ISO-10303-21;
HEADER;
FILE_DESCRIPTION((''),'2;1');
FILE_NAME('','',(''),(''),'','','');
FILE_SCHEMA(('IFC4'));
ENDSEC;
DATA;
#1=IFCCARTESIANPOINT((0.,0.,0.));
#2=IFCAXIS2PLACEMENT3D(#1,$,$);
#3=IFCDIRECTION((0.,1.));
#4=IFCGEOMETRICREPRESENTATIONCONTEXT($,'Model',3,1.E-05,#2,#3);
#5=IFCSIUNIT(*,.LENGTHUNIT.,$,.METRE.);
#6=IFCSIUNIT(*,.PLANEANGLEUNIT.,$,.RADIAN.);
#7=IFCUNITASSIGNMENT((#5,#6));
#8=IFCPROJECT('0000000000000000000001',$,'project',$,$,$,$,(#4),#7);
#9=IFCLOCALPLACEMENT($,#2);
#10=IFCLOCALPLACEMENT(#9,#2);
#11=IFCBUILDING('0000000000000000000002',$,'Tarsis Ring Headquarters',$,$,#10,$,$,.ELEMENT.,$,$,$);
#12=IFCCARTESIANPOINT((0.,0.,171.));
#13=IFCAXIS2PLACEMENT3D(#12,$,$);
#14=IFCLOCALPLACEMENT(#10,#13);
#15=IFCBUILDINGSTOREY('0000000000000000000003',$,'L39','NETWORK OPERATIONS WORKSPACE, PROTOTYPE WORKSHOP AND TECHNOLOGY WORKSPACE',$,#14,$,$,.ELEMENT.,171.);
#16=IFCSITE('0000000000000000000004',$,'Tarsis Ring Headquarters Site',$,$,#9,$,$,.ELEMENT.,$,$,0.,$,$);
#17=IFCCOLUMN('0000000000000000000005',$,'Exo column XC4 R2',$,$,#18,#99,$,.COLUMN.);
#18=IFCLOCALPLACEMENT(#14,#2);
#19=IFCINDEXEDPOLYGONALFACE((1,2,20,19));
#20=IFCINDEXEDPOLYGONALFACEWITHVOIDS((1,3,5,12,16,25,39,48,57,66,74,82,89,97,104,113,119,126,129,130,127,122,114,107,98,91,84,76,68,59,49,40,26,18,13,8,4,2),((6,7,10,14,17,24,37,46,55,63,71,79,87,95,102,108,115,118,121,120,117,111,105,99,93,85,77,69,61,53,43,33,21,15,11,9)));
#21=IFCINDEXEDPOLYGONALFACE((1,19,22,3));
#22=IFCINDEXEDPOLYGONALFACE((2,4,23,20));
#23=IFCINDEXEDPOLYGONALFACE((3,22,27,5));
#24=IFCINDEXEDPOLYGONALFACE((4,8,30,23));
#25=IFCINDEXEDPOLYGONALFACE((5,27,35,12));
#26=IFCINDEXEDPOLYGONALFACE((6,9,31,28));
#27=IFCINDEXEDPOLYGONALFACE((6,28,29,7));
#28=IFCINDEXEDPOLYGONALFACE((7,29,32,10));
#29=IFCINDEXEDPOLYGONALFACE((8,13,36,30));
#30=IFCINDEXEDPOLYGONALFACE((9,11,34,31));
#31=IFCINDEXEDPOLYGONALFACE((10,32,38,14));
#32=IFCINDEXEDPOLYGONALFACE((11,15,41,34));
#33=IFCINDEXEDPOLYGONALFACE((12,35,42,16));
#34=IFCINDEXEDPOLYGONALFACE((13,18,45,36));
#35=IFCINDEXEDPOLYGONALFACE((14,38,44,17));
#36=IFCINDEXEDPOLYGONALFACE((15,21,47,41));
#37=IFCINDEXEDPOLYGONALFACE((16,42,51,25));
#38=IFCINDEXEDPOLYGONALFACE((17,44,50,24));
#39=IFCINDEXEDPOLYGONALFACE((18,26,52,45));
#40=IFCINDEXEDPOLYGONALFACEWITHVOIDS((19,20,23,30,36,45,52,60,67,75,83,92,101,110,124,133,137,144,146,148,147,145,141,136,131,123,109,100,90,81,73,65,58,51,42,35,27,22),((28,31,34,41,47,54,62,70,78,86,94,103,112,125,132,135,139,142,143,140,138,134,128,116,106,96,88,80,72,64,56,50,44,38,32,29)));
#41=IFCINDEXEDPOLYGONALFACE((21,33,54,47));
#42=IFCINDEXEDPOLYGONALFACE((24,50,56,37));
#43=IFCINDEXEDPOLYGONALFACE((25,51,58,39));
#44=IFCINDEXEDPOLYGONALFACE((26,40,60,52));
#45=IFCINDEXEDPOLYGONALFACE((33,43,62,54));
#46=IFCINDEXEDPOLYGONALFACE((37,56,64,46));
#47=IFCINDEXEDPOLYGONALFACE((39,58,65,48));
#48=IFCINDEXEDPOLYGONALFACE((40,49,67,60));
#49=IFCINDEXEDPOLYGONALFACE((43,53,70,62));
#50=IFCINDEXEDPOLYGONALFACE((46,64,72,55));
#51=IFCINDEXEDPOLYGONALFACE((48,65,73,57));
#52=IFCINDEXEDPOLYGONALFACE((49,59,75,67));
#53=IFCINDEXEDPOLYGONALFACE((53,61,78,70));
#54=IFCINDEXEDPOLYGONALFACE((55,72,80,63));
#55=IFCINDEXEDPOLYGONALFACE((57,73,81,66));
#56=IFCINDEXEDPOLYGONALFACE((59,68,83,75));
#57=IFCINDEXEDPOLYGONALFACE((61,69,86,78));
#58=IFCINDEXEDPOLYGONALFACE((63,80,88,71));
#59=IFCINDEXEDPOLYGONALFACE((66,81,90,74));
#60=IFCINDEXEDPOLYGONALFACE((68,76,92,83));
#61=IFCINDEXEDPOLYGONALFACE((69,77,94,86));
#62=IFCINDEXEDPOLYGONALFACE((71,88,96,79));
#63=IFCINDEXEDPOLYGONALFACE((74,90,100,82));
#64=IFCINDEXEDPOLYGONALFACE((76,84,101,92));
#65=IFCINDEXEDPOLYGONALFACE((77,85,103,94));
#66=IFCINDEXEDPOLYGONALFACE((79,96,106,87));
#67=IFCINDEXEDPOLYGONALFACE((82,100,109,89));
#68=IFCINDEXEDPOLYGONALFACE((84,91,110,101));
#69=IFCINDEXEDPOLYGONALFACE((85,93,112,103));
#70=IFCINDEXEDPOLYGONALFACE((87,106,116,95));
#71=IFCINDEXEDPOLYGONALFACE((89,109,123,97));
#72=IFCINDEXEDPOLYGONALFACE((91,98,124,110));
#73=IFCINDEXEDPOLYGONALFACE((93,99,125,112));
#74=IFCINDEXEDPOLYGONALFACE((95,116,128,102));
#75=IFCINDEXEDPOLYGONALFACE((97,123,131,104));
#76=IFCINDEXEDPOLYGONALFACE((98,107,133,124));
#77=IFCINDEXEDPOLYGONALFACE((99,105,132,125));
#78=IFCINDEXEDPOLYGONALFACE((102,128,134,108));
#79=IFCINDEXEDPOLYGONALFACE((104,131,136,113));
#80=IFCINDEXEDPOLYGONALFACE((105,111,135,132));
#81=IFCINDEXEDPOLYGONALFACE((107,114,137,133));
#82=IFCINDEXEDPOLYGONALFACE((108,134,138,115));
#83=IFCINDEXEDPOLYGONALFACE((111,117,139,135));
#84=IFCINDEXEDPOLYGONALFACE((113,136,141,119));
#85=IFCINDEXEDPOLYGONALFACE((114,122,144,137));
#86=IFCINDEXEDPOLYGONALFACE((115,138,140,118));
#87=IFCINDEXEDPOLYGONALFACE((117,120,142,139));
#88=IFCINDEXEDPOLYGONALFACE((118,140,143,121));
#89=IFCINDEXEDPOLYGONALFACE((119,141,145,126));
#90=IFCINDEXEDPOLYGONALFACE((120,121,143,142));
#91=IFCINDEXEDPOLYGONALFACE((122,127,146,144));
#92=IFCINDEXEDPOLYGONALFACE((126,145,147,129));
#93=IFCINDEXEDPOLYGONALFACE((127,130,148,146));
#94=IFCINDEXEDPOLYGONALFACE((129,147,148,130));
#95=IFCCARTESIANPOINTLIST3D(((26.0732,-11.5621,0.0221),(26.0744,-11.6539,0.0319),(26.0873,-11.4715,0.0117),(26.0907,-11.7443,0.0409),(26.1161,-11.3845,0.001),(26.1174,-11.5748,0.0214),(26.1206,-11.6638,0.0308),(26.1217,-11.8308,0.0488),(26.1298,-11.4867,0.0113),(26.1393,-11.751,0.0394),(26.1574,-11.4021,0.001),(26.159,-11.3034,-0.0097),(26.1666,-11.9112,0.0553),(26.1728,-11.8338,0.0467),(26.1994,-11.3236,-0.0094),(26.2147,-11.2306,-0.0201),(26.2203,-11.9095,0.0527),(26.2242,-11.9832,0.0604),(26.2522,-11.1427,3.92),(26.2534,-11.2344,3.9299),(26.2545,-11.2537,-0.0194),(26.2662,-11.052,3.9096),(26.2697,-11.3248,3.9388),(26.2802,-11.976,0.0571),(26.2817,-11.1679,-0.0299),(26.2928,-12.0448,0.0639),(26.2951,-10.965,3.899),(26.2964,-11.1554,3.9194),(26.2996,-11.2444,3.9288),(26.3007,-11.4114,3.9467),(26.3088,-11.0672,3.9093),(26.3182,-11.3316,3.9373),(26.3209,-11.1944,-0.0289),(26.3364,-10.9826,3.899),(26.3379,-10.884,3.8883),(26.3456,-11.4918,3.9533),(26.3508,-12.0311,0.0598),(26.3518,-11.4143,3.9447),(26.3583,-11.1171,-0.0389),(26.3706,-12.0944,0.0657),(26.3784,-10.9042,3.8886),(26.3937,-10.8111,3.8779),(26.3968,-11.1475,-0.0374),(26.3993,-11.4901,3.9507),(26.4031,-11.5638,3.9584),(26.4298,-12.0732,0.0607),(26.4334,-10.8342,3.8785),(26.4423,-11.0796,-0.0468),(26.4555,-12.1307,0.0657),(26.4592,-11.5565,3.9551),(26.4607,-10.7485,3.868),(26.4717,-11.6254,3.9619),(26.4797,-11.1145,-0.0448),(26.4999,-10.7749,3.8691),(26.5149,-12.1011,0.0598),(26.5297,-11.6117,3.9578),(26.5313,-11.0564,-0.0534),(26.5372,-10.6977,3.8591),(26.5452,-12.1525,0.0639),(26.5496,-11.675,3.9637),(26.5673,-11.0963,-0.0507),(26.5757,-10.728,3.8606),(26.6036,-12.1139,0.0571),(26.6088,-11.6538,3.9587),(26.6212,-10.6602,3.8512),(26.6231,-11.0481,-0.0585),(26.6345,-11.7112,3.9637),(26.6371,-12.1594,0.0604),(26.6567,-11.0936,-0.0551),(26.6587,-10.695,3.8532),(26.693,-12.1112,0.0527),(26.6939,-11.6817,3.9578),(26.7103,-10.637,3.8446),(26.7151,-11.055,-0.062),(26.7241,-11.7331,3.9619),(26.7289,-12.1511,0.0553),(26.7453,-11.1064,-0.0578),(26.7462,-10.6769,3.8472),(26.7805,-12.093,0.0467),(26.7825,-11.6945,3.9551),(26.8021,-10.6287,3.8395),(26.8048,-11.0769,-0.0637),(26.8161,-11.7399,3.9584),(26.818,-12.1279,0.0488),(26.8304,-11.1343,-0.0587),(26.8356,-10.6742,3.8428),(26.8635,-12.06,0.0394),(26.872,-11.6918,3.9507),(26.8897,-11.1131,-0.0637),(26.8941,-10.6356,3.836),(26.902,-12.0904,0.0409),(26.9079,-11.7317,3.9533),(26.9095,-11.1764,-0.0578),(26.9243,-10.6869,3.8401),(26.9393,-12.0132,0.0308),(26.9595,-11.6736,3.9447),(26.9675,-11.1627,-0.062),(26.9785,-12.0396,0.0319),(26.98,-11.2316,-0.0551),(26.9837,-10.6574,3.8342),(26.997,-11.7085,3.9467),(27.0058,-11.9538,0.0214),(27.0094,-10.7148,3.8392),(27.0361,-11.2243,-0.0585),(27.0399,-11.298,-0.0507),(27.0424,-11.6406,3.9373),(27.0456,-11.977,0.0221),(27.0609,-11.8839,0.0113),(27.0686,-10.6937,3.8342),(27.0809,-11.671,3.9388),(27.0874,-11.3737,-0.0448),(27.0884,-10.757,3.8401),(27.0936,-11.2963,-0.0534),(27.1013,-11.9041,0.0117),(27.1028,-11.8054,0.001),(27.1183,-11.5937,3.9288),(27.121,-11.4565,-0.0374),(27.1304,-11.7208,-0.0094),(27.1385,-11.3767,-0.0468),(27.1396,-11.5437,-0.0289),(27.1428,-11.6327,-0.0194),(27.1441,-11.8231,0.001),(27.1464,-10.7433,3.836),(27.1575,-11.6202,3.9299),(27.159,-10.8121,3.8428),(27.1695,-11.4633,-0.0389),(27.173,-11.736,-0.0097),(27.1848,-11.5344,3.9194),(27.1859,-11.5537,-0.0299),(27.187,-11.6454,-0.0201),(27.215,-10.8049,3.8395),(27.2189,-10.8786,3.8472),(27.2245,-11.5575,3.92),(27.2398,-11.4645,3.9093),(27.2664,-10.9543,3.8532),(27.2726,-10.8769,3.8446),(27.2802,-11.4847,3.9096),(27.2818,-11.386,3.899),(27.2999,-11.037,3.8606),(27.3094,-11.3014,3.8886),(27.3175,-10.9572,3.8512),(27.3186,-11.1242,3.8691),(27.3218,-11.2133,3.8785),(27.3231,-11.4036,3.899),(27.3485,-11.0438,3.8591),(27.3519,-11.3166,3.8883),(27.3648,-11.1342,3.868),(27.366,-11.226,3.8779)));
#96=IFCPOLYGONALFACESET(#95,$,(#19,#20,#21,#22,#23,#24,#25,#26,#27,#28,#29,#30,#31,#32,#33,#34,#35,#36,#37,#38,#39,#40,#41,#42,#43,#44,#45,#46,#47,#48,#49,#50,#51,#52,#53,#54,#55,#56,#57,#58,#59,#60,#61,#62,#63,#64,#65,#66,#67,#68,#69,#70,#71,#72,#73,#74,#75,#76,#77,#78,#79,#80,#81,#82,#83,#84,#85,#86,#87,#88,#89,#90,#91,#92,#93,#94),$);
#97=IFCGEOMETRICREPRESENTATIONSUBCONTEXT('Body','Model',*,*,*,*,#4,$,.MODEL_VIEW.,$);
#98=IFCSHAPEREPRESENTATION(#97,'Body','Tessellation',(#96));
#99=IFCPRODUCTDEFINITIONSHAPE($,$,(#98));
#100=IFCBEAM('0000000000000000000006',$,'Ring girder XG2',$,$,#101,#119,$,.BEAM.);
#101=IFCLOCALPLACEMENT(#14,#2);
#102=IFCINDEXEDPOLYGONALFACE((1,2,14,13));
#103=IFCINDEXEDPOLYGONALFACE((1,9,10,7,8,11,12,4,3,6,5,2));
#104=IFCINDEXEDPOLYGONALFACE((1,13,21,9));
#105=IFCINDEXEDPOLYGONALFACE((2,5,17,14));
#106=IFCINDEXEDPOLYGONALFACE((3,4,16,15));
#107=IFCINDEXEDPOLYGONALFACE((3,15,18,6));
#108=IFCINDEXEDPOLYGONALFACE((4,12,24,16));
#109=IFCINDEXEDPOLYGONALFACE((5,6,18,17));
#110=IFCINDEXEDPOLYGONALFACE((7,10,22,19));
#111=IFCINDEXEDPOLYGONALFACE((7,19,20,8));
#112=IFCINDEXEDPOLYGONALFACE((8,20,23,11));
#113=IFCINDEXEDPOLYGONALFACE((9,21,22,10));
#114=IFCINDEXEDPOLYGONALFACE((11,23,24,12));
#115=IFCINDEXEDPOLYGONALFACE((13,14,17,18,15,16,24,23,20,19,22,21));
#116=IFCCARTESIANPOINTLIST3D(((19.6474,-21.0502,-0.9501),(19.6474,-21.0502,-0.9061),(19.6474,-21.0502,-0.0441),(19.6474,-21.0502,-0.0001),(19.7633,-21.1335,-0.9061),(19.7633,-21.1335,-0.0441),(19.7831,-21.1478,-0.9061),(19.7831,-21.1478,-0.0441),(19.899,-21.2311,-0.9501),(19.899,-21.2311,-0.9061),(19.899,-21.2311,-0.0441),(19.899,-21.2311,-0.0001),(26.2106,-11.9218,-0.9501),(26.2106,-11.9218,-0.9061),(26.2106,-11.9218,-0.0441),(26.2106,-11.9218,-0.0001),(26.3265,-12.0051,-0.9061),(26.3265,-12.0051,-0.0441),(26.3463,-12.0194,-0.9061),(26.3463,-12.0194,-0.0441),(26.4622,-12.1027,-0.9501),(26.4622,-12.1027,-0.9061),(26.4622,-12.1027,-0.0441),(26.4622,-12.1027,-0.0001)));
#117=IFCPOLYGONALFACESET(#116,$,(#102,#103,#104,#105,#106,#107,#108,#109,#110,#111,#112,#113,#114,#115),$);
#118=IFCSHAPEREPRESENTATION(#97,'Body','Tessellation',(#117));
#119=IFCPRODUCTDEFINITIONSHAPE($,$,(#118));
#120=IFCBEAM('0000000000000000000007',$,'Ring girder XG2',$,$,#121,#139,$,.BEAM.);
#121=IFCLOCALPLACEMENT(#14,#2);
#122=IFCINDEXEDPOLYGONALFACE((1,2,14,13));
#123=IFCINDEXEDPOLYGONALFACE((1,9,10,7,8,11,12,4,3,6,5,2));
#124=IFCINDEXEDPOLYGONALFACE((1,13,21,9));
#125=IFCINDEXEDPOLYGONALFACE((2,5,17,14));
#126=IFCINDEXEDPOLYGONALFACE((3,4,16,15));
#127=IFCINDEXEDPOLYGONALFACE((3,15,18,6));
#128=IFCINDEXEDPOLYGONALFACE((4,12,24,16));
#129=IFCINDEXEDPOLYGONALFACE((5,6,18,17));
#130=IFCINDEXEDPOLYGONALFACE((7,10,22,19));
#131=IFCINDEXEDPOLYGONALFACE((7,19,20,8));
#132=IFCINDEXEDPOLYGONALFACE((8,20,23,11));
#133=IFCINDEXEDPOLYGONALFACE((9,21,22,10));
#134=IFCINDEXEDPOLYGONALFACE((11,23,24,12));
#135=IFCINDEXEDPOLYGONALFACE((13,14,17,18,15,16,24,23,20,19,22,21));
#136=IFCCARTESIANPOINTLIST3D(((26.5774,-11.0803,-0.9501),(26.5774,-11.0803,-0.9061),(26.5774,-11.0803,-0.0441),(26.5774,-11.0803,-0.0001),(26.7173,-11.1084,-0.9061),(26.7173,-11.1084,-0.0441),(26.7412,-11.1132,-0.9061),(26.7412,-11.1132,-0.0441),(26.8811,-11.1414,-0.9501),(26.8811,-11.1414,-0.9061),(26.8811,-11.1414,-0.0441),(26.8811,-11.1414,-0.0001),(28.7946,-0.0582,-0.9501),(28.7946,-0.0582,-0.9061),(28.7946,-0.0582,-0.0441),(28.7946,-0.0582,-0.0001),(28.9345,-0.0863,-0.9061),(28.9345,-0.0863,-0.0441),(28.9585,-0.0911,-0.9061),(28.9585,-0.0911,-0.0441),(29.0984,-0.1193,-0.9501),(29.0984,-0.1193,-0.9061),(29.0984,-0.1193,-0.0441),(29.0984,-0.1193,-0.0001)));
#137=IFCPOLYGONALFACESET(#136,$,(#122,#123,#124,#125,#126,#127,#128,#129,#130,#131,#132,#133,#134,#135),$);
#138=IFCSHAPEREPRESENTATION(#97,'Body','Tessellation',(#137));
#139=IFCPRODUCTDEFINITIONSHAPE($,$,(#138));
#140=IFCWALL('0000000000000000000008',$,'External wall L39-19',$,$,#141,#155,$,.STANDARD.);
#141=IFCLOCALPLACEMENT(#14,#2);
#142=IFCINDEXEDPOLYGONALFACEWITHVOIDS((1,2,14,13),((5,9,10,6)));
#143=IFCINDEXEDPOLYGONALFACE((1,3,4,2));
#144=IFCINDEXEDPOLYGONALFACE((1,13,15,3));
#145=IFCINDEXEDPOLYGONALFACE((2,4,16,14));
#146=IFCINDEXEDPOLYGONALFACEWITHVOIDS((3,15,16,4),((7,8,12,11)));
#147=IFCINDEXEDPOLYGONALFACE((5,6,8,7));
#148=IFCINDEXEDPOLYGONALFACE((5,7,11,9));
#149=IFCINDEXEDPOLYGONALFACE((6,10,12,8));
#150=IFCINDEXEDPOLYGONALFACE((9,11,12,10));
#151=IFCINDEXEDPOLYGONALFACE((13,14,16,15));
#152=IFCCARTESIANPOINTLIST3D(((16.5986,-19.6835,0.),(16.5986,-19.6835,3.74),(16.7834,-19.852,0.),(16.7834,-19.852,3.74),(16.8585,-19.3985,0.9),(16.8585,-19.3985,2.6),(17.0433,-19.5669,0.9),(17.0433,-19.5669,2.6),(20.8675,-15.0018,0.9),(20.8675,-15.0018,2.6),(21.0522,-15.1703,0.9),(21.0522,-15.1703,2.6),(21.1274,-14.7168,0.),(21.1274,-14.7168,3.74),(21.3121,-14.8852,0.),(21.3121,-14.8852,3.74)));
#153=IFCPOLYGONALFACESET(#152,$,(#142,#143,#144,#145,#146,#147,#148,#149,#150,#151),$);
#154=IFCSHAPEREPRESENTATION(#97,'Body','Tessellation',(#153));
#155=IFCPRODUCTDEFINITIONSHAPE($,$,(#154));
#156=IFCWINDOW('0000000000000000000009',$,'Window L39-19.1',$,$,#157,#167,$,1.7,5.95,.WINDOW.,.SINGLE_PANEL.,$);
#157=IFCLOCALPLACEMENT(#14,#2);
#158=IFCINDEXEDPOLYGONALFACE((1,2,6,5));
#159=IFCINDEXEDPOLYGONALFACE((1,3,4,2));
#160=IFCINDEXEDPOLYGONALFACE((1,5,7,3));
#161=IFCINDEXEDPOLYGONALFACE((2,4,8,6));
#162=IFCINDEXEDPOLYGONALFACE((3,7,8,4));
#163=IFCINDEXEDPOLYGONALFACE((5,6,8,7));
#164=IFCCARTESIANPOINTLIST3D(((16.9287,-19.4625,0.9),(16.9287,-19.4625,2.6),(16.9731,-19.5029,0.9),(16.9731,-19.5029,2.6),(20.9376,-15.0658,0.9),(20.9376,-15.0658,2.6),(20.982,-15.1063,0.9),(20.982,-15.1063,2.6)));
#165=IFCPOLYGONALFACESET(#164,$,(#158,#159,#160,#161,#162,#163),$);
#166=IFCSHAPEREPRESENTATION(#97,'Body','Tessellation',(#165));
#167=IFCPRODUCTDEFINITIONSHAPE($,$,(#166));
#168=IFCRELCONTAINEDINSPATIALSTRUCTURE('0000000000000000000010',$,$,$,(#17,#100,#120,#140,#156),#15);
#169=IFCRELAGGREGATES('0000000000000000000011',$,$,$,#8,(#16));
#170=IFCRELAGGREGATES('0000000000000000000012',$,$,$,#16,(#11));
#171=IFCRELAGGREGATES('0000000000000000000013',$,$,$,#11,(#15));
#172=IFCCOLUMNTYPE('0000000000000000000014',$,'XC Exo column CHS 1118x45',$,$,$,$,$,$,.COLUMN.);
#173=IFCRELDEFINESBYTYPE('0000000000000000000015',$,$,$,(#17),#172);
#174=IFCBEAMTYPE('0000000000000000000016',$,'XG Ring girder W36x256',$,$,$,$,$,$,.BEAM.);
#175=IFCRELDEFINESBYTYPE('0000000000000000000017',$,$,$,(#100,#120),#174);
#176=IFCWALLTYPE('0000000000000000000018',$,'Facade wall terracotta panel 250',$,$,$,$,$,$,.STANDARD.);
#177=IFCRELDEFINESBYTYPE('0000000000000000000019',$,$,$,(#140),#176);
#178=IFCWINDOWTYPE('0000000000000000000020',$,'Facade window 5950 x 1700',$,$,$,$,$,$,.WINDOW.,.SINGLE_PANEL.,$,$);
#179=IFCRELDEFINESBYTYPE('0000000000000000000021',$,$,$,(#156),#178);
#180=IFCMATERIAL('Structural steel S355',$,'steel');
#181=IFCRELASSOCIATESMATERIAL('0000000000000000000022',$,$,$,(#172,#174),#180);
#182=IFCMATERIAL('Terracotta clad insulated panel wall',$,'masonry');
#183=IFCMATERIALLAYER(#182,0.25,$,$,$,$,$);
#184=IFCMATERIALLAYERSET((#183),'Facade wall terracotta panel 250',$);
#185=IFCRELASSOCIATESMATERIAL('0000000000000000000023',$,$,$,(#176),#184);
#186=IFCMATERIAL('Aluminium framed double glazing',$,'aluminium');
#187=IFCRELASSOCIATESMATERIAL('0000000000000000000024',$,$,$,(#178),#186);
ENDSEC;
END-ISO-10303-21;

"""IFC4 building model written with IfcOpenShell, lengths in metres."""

from ifc_helpers import new_model, si_unit, direction, frame, frame_2d, origin, origin_2d, place, context, subcontext, project, spatial, rectangle, hollow_circle, i_section, extrude, material, layer, layer_set, material_profile, profile_set, type_object, element, fill, save


model = new_model("IFC4")

# Units and contexts
model_context = context("Model", 3, precision=1e-05, world=origin(), true_north=direction((0.0, 1.0)))
body_context = subcontext(model_context, "Body", "Model", "MODEL_VIEW")
ifc_project = project(units=[si_unit("LENGTHUNIT", "METRE"), si_unit("PLANEANGLEUNIT", "RADIAN")], contexts=[model_context])

# Site, building, storey
site_placement = place(None, origin())
site = spatial("IfcSite", under=ifc_project, at=site_placement, Name="Tarsis Ring Headquarters Site", CompositionType="ELEMENT", RefElevation=0.0)
building_placement = place(site_placement, origin())
building = spatial("IfcBuilding", under=site, at=building_placement, Name="Tarsis Ring Headquarters", CompositionType="ELEMENT")
storey_placement = place(building_placement, frame((0.0, 0.0, 171.0)))
storey = spatial("IfcBuildingStorey", under=building, at=storey_placement, Name="L39", Description="NETWORK OPERATIONS WORKSPACE, PROTOTYPE WORKSHOP AND TECHNOLOGY WORKSPACE", CompositionType="ELEMENT", Elevation=171.0)

# Column
ifc_material_1 = material(Name="Structural steel S355", Category="steel")
ifc_material_profile_1 = material_profile(ifc_material_1, hollow_circle(Radius=0.5588, WallThickness=0.0449, at=origin_2d()), Name="CHS 1118x45")
ifc_profile_set_1 = profile_set([ifc_material_profile_1], Name="Structural steel S355")
column_type = type_object("IfcColumnType", Name="XC Exo column CHS 1118x45", PredefinedType="COLUMN", material=ifc_profile_set_1)
column_placement = place(storey_placement, frame((26.6301, -11.6038, 0.001), z_axis=(0.045599, 0.106875, 0.993226), x_axis=(-0.919781, 0.392433, 0.0)))
element("IfcColumn", 1, at=column_placement, inside=storey, type_object=column_type, Name="Exo column XC4 R2", PredefinedType="COLUMN", context=body_context, shape_type="SweptSolid", body=[
    extrude(hollow_circle(Radius=0.5588, WallThickness=0.0449, at=origin_2d()), origin(), (0.0, 0.0, 1.0), 3.9246),
])

# Beams
ifc_material_profile_2 = material_profile(ifc_material_1, i_section(OverallWidth=0.3098, OverallDepth=0.95, WebThickness=0.0244, FlangeThickness=0.0439, at=origin_2d()), Name="W36x256")
ifc_profile_set_2 = profile_set([ifc_material_profile_2], Name="Structural steel S355")
beam_type = type_object("IfcBeamType", Name="XG Ring girder W36x256", PredefinedType="BEAM", material=ifc_profile_set_2)
for number, where, z_axis, x_axis, name in (
    (2, (19.7732, -21.1406, -0.4751), (0.583764, 0.811923, 0.0), (-0.811923, 0.583764, 0.0), "Ring girder XG2"),
    (3, (26.7292, -11.1108, -0.4751), (0.197214, 0.98036, 0.0), (-0.98036, 0.197214, 0.0), "Ring girder XG2"),
):
    element("IfcBeam", number, at=place(storey_placement, frame(where, z_axis=z_axis, x_axis=x_axis)), inside=storey, type_object=beam_type, Name=name, PredefinedType="BEAM", context=body_context, shape_type="SweptSolid", body=[
        extrude(i_section(OverallWidth=0.3098, OverallDepth=0.95, WebThickness=0.0244, FlangeThickness=0.0439, at=origin_2d()), origin(), (0.0, 0.0, 1.0), 11.2429),
    ])

# Wall, opening, window
ifc_material_2 = material(Name="Terracotta clad insulated panel wall", Category="masonry")
ifc_layer = layer(ifc_material_2, 0.25)
ifc_layer_set = layer_set([ifc_layer], Name="Facade wall terracotta panel 250")
wall_type = type_object("IfcWallType", Name="Facade wall terracotta panel 250", PredefinedType="STANDARD", material=ifc_layer_set)
wall_1_placement = place(storey_placement, frame((16.6909, -19.7678, 0.0), z_axis=(0.0, 0.0, 1.0), x_axis=(0.673775, 0.738937, 0.0)))
wall_1 = element("IfcWall", 4, at=wall_1_placement, inside=storey, type_object=wall_type, Name="External wall L39-19", PredefinedType="STANDARD", context=body_context, shape_type="SweptSolid", body=[
    extrude(rectangle(XDim=6.7214, YDim=0.25, at=frame_2d((3.3608, 0.0))), origin(), (0.0, 0.0, 1.0), 3.74),
])
opening_1_placement = place(wall_1_placement, frame((0.3857, 0.0, 0.8999)))
opening_1 = element("IfcOpeningElement", 5, at=opening_1_placement, cuts=wall_1, PredefinedType="OPENING", context=body_context, shape_type="SweptSolid", body=[
    extrude(rectangle(XDim=5.95, YDim=1.7, at=frame_2d((2.9751, 0.8501))), frame((0.0, 0.135, 0.0), z_axis=(0.0, -1.0, 0.0), x_axis=(1.0, 0.0, 0.0)), (0.0, 0.0, 1.0), 0.27),
])
ifc_material_3 = material(Name="Aluminium framed double glazing", Category="aluminium")
window_type = type_object("IfcWindowType", Name="Facade window 5950 x 1700", PartitioningType="SINGLE_PANEL", PredefinedType="WINDOW", material=ifc_material_3)
window_1_placement = place(opening_1_placement, origin())
window_1 = element("IfcWindow", 6, at=window_1_placement, inside=storey, type_object=window_type, Name="Window L39-19.1", OverallHeight=1.7, OverallWidth=5.95, PartitioningType="SINGLE_PANEL", PredefinedType="WINDOW", context=body_context, shape_type="SweptSolid", body=[
    extrude(rectangle(XDim=5.95, YDim=1.7, at=frame_2d((2.9751, 0.8501))), frame((0.0, 0.03, 0.0), z_axis=(0.0, -1.0, 0.0), x_axis=(1.0, 0.0, 0.0)), (0.0, 0.0, 1.0), 0.0601),
])
fill(opening_1, window_1)

save(model, "model.ifc")
